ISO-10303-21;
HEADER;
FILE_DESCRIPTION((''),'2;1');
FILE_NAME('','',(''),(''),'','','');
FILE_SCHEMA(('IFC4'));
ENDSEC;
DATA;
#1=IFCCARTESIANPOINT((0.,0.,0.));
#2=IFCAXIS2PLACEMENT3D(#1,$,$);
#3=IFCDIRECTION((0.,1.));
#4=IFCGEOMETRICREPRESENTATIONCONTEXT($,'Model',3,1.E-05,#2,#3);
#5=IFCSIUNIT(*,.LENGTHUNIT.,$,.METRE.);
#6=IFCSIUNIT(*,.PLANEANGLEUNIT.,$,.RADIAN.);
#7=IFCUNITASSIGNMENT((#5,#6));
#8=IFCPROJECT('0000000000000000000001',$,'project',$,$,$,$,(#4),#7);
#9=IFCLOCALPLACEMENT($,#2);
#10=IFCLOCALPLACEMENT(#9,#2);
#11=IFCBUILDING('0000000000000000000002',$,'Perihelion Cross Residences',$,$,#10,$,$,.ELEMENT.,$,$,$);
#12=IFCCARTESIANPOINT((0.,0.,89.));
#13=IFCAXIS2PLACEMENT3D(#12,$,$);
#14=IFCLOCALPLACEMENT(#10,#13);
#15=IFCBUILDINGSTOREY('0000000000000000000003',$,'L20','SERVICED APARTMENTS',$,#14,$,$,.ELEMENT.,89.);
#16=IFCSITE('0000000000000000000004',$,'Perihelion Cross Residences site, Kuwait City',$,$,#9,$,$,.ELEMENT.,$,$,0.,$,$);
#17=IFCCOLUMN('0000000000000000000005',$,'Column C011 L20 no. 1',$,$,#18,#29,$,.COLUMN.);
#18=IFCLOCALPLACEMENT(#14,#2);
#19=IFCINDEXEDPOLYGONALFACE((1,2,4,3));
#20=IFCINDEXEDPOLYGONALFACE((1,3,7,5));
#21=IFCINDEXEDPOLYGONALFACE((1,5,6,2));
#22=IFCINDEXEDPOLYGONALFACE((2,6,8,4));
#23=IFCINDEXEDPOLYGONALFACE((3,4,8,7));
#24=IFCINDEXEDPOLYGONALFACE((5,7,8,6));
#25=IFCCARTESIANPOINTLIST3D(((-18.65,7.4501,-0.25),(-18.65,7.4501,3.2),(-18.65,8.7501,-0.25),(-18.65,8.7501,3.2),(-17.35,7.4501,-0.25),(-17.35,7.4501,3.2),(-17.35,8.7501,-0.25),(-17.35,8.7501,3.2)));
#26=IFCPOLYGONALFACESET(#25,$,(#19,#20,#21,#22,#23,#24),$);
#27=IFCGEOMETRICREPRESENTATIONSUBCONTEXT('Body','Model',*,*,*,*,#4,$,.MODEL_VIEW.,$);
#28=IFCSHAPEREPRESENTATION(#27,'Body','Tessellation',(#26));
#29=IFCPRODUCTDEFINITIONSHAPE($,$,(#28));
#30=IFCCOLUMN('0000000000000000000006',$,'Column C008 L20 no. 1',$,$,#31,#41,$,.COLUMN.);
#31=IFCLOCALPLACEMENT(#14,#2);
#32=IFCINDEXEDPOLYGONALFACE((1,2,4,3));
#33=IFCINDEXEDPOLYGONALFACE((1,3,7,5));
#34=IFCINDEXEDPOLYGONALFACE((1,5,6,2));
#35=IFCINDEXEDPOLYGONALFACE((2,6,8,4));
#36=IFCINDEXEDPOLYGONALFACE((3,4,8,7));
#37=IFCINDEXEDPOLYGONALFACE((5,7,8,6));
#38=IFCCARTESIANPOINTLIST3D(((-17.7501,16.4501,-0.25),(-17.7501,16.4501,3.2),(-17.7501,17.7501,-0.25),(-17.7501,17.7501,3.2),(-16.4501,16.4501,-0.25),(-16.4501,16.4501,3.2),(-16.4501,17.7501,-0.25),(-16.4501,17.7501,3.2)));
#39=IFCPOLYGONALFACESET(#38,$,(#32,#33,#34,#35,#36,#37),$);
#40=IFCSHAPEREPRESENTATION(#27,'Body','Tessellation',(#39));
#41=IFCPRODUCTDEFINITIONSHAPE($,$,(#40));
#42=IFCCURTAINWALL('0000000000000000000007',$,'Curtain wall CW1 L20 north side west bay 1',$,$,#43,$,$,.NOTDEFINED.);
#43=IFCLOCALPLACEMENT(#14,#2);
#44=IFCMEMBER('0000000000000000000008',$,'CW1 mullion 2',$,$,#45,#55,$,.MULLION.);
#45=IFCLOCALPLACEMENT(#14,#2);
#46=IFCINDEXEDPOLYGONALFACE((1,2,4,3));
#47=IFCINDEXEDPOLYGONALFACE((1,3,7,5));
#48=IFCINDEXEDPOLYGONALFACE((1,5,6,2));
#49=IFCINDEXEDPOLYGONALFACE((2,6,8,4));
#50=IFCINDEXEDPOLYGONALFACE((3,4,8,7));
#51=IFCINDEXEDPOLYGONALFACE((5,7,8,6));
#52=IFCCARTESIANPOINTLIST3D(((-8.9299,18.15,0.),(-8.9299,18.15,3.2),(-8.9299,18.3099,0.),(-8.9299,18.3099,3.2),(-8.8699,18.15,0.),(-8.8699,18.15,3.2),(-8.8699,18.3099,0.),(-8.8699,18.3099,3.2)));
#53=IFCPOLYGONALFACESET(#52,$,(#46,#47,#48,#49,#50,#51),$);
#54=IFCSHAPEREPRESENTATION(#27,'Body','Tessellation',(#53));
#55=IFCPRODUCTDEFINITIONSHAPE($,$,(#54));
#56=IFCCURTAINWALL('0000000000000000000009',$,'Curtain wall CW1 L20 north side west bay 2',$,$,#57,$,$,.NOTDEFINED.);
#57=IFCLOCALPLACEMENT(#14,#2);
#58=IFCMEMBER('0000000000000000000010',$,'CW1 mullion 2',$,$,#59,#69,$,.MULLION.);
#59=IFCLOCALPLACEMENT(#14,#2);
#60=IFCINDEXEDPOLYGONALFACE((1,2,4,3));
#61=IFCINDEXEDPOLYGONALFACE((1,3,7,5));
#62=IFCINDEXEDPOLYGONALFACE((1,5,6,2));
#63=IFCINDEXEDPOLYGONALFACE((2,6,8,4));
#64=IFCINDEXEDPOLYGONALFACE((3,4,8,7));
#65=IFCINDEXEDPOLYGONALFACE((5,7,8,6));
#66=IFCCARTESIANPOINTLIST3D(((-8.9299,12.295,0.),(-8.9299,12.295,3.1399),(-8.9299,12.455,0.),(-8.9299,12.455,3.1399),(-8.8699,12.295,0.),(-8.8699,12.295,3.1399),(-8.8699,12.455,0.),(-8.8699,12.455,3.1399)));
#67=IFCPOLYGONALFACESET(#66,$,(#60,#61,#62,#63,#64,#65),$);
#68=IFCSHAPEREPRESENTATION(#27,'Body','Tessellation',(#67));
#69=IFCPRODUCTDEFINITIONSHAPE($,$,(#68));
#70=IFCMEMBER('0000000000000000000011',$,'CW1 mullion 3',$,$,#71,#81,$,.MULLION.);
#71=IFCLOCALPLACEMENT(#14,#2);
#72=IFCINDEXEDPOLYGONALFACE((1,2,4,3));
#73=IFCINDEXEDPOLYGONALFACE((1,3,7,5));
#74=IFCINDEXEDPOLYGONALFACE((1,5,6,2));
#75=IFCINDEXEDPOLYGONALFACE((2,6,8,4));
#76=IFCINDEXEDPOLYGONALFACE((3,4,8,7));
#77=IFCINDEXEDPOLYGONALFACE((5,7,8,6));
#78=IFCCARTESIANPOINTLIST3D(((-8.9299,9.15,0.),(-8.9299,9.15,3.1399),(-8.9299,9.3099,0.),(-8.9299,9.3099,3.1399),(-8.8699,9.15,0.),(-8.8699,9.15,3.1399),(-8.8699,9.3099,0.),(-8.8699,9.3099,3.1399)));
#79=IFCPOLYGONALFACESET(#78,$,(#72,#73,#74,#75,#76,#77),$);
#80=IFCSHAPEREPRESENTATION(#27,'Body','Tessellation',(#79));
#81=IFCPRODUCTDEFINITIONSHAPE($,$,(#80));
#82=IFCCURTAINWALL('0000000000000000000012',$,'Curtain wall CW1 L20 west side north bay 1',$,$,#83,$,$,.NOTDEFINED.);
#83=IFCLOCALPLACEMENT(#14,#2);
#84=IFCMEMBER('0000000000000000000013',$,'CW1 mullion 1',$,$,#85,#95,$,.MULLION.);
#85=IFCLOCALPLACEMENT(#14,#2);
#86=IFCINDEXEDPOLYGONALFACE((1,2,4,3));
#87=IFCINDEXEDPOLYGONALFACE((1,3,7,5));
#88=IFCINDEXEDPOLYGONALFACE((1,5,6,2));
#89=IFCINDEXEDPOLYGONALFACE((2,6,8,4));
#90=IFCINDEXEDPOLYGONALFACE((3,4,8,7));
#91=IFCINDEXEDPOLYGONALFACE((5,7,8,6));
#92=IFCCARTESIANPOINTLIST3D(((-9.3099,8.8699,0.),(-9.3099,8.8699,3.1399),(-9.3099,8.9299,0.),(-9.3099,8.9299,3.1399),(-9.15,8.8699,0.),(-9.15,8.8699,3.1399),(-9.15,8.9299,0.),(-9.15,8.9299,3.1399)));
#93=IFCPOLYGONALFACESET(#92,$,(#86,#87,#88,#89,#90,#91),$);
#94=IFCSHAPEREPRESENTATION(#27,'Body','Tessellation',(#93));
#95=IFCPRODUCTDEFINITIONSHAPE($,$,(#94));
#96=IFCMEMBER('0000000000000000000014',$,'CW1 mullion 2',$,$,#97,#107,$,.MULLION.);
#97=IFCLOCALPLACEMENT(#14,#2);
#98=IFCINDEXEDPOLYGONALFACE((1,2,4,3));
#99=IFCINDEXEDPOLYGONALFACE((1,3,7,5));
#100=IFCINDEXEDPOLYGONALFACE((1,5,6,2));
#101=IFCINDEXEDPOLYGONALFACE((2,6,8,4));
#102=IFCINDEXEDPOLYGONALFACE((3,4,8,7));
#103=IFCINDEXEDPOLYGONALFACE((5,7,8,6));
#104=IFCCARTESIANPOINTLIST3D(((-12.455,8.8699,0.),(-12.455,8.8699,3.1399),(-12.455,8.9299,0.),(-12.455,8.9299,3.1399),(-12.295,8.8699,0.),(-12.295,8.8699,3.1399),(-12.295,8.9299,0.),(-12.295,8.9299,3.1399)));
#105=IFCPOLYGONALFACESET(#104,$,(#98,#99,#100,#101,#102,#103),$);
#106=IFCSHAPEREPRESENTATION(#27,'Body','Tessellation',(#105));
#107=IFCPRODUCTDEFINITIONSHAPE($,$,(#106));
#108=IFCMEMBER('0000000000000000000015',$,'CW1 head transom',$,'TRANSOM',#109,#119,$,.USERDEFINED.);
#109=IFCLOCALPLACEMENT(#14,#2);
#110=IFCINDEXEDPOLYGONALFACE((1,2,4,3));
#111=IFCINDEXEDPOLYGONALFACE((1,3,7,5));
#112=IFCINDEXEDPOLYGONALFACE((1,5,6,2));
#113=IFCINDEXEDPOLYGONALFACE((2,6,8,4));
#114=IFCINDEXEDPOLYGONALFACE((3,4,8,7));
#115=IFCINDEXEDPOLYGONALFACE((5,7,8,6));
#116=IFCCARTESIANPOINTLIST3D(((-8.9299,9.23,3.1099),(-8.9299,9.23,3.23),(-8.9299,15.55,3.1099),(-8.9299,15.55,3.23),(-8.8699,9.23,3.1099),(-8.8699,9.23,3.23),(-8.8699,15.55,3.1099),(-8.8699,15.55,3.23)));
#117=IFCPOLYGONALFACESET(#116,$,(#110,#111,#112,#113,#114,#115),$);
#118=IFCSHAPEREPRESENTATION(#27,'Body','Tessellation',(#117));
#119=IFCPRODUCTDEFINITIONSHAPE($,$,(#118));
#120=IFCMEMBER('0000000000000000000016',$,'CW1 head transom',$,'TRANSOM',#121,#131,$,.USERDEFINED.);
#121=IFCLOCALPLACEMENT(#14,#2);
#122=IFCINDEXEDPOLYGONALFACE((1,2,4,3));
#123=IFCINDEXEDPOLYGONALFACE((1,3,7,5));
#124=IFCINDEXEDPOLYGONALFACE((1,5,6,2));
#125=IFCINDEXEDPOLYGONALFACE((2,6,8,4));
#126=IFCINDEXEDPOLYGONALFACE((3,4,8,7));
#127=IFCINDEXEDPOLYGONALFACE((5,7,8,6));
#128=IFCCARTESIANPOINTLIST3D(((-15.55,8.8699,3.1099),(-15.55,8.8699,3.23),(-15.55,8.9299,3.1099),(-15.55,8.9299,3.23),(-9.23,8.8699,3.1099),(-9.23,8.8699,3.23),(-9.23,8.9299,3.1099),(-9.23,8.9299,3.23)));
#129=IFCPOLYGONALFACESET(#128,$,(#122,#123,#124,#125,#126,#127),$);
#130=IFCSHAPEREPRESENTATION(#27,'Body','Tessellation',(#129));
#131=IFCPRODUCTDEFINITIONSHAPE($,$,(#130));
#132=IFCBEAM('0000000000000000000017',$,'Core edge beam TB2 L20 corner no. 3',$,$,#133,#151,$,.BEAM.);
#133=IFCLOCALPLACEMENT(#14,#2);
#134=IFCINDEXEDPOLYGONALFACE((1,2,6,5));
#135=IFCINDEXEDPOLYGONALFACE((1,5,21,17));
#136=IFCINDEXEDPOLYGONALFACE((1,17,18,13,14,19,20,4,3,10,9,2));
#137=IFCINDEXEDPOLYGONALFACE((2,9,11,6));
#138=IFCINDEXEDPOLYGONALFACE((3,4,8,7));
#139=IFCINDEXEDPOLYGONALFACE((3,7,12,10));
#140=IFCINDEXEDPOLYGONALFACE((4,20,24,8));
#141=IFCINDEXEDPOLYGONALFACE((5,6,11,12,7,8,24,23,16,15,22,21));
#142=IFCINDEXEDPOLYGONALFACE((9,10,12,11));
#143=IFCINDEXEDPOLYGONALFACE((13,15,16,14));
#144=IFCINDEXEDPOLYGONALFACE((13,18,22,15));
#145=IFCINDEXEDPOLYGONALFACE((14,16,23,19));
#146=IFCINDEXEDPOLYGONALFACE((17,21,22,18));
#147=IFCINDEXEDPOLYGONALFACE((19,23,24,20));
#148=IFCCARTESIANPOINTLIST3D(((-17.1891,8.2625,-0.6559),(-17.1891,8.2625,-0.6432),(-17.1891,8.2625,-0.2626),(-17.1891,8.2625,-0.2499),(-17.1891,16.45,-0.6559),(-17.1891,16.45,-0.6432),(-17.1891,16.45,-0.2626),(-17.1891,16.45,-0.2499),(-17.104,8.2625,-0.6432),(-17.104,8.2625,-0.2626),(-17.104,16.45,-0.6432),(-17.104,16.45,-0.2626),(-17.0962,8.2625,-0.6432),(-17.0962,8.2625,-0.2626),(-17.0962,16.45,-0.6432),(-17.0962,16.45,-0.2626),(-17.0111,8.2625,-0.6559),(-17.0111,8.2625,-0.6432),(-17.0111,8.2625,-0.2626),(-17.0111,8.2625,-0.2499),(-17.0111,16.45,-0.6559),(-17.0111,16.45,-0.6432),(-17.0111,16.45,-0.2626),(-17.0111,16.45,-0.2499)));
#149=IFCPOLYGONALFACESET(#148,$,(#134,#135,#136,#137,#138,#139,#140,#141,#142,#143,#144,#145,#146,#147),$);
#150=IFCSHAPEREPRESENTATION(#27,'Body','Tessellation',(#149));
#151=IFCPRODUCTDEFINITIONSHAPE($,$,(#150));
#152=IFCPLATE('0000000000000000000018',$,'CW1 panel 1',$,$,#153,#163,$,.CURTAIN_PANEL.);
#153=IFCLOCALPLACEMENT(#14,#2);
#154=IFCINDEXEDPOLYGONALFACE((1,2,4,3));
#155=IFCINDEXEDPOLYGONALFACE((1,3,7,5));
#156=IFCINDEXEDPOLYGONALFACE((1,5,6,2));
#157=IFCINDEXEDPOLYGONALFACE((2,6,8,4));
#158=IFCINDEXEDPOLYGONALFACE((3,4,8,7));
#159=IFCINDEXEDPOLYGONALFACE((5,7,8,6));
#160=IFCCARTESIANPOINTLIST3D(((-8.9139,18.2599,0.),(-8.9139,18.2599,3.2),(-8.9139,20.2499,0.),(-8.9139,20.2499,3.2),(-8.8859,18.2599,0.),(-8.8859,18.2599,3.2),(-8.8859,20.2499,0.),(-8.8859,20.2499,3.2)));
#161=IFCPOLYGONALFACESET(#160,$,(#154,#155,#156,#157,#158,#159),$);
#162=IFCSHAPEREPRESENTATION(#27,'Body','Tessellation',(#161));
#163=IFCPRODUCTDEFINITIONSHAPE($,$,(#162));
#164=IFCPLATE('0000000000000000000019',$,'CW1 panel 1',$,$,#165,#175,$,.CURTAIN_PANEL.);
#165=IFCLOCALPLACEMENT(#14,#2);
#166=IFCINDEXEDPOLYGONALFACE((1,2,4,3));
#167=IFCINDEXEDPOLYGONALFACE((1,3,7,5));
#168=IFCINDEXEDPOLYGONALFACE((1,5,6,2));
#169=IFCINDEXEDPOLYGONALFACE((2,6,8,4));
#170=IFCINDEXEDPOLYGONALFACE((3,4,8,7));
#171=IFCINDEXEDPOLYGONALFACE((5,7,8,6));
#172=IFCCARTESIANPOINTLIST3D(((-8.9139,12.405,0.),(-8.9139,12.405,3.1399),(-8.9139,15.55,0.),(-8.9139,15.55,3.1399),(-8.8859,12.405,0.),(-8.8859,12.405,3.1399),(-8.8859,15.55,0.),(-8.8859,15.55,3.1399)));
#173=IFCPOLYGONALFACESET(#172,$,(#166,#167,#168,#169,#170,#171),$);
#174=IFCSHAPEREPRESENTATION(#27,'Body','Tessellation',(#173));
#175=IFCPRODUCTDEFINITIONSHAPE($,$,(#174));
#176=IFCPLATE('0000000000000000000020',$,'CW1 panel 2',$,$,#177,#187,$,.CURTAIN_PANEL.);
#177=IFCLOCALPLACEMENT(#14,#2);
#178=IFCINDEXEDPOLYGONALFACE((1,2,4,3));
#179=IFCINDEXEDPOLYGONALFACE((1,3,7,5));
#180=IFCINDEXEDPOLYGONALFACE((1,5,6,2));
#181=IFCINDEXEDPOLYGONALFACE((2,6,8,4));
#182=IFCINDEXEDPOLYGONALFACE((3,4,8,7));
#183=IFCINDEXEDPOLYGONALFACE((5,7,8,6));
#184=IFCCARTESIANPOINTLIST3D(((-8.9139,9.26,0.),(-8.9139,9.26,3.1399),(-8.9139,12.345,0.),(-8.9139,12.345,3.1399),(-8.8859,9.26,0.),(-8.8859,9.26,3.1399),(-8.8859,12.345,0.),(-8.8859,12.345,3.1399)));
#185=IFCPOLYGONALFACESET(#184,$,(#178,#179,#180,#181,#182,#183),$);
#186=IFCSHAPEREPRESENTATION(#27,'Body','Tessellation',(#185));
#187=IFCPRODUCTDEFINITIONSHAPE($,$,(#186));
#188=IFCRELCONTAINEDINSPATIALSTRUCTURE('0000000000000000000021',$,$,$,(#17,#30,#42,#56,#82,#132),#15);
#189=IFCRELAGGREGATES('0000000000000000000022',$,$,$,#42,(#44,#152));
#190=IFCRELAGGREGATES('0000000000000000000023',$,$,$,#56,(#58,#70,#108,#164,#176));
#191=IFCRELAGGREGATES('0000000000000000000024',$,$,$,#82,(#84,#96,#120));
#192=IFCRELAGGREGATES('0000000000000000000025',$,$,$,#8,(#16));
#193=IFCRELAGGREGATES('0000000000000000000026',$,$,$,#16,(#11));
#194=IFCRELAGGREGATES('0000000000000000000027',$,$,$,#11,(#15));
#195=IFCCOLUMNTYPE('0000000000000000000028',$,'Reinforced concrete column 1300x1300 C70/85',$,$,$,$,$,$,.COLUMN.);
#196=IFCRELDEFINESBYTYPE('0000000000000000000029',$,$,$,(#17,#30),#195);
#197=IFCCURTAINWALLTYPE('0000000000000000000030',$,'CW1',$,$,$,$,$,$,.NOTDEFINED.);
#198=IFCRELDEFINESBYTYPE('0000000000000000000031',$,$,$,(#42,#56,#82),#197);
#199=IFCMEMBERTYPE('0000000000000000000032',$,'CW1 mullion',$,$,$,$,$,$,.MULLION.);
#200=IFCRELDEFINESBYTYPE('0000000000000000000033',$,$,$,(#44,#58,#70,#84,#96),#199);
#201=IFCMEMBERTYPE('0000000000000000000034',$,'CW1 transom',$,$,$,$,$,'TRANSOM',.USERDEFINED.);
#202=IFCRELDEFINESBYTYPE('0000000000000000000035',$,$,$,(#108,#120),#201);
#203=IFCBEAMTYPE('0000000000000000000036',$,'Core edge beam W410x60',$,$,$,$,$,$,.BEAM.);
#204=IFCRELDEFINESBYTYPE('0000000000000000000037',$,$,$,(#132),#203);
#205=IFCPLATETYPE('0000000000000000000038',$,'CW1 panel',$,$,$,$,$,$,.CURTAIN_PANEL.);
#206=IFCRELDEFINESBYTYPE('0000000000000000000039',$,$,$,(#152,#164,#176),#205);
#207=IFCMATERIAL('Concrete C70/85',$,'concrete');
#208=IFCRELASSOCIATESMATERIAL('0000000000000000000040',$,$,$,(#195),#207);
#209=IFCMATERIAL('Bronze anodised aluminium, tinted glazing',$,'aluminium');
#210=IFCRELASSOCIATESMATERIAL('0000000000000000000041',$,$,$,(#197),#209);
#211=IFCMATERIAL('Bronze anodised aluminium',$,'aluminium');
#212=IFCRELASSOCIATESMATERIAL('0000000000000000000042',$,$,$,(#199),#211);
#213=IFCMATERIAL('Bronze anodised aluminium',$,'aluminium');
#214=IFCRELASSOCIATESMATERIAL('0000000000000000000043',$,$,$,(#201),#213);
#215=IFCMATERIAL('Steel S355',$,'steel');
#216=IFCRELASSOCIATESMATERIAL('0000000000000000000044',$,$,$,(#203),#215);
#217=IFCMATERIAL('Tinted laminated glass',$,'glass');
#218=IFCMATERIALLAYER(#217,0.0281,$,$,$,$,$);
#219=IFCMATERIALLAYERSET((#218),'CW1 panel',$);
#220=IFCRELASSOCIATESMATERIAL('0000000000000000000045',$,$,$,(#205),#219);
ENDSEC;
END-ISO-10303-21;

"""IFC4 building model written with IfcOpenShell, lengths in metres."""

from ifc_helpers import new_model, si_unit, direction, frame, origin, origin_2d, place, context, subcontext, project, spatial, rectangle, i_section, extrude, material, layer, layer_set, material_profile, profile_set, type_object, element, aggregate, save


model = new_model("IFC4")

# Units and contexts
model_context = context("Model", 3, precision=1e-05, world=origin(), true_north=direction((0.0, 1.0)))
body_context = subcontext(model_context, "Body", "Model", "MODEL_VIEW")
ifc_project = project(units=[si_unit("LENGTHUNIT", "METRE"), si_unit("PLANEANGLEUNIT", "RADIAN")], contexts=[model_context])

# Site, building, storey
site_placement = place(None, origin())
site = spatial("IfcSite", under=ifc_project, at=site_placement, Name="Perihelion Cross Residences site, Kuwait City", CompositionType="ELEMENT", RefElevation=0.0)
building_placement = place(site_placement, origin())
building = spatial("IfcBuilding", under=site, at=building_placement, Name="Perihelion Cross Residences", CompositionType="ELEMENT")
storey_placement = place(building_placement, frame((0.0, 0.0, 89.0)))
storey = spatial("IfcBuildingStorey", under=building, at=storey_placement, Name="L20", Description="SERVICED APARTMENTS", CompositionType="ELEMENT", Elevation=89.0)

# Columns
ifc_material_1 = material(Name="Concrete C70/85", Category="concrete")
ifc_material_profile_1 = material_profile(ifc_material_1, rectangle(XDim=1.3, YDim=1.3, at=origin_2d()), Name="RC 1300x1300")
ifc_profile_set_1 = profile_set([ifc_material_profile_1], Name="Concrete C70/85")
column_type = type_object("IfcColumnType", Name="Reinforced concrete column 1300x1300 C70/85", PredefinedType="COLUMN", material=ifc_profile_set_1)
for number, where, z_axis, x_axis, name in (
    (1, (-18.0, 8.1001, -0.25), (0.0, 0.0, 1.0), (1.0, 0.0, 0.0), "Column C011 L20 no. 1"),
    (2, (-17.1001, 17.1001, -0.25), (0.0, 0.0, 1.0), (1.0, 0.0, 0.0), "Column C008 L20 no. 1"),
):
    element("IfcColumn", number, at=place(storey_placement, frame(where, z_axis=z_axis, x_axis=x_axis)), inside=storey, type_object=column_type, Name=name, PredefinedType="COLUMN", context=body_context, shape_type="SweptSolid", body=[
        extrude(rectangle(XDim=1.3, YDim=1.3, at=origin_2d()), origin(), (0.0, 0.0, 1.0), 3.45),
    ])

# Curtain wall, member
ifc_material_2 = material(Name="Bronze anodised aluminium, tinted glazing", Category="aluminium")
curtain_wall_type = type_object("IfcCurtainWallType", Name="CW1", PredefinedType="NOTDEFINED", material=ifc_material_2)
curtain_wall_1_placement = place(storey_placement, origin())
curtain_wall_1 = element("IfcCurtainWall", 3, at=curtain_wall_1_placement, inside=storey, type_object=curtain_wall_type, Name="Curtain wall CW1 L20 north side west bay 1", PredefinedType="NOTDEFINED")
ifc_material_3 = material(Name="Bronze anodised aluminium", Category="aluminium")
ifc_material_profile_2 = material_profile(ifc_material_3, rectangle(XDim=0.0601, YDim=0.1599, at=origin_2d()), Name="CW1 mullion")
ifc_profile_set_2 = profile_set([ifc_material_profile_2], Name="Bronze anodised aluminium")
member_type_1 = type_object("IfcMemberType", Name="CW1 mullion", PredefinedType="MULLION", material=ifc_profile_set_2)
member_1_placement = place(storey_placement, frame((-8.8999, 18.23, 0.0), z_axis=(0.0, 0.0, 1.0), x_axis=(1.0, 0.0, 0.0)))
member_1 = element("IfcMember", 4, at=member_1_placement, type_object=member_type_1, Name="CW1 mullion 2", PredefinedType="MULLION", context=body_context, shape_type="SweptSolid", body=[
    extrude(rectangle(XDim=0.0601, YDim=0.1599, at=origin_2d()), origin(), (0.0, 0.0, 1.0), 3.2),
])

# Curtain walls, members
curtain_wall_2_placement = place(storey_placement, origin())
curtain_wall_2 = element("IfcCurtainWall", 5, at=curtain_wall_2_placement, inside=storey, type_object=curtain_wall_type, Name="Curtain wall CW1 L20 north side west bay 2", PredefinedType="NOTDEFINED")
member_2_placement = place(storey_placement, frame((-8.8999, 12.375, 0.0), z_axis=(0.0, 0.0, 1.0), x_axis=(1.0, 0.0, 0.0)))
member_2 = element("IfcMember", 6, at=member_2_placement, type_object=member_type_1, Name="CW1 mullion 2", PredefinedType="MULLION", context=body_context, shape_type="SweptSolid", body=[
    extrude(rectangle(XDim=0.0601, YDim=0.1599, at=origin_2d()), origin(), (0.0, 0.0, 1.0), 3.1399),
])
member_3_placement = place(storey_placement, frame((-8.8999, 9.23, 0.0), z_axis=(0.0, 0.0, 1.0), x_axis=(1.0, 0.0, 0.0)))
member_3 = element("IfcMember", 7, at=member_3_placement, type_object=member_type_1, Name="CW1 mullion 3", PredefinedType="MULLION", context=body_context, shape_type="SweptSolid", body=[
    extrude(rectangle(XDim=0.0601, YDim=0.1599, at=origin_2d()), origin(), (0.0, 0.0, 1.0), 3.1399),
])
curtain_wall_3_placement = place(storey_placement, origin())
curtain_wall_3 = element("IfcCurtainWall", 8, at=curtain_wall_3_placement, inside=storey, type_object=curtain_wall_type, Name="Curtain wall CW1 L20 west side north bay 1", PredefinedType="NOTDEFINED")
member_4_placement = place(storey_placement, frame((-9.23, 8.8999, 0.0), z_axis=(0.0, 0.0, 1.0), x_axis=(0.0, -1.0, 0.0)))
member_4 = element("IfcMember", 9, at=member_4_placement, type_object=member_type_1, Name="CW1 mullion 1", PredefinedType="MULLION", context=body_context, shape_type="SweptSolid", body=[
    extrude(rectangle(XDim=0.0601, YDim=0.1599, at=origin_2d()), origin(), (0.0, 0.0, 1.0), 3.1399),
])
member_5_placement = place(storey_placement, frame((-12.375, 8.8999, 0.0), z_axis=(0.0, 0.0, 1.0), x_axis=(0.0, -1.0, 0.0)))
member_5 = element("IfcMember", 10, at=member_5_placement, type_object=member_type_1, Name="CW1 mullion 2", PredefinedType="MULLION", context=body_context, shape_type="SweptSolid", body=[
    extrude(rectangle(XDim=0.0601, YDim=0.1599, at=origin_2d()), origin(), (0.0, 0.0, 1.0), 3.1399),
])

# Members
ifc_material_4 = material(Name="Bronze anodised aluminium", Category="aluminium")
ifc_material_profile_3 = material_profile(ifc_material_4, rectangle(XDim=0.0601, YDim=0.1201, at=origin_2d()), Name="CW1 transom")
ifc_profile_set_3 = profile_set([ifc_material_profile_3], Name="Bronze anodised aluminium")
member_type_2 = type_object("IfcMemberType", Name="CW1 transom", ElementType="TRANSOM", PredefinedType="USERDEFINED", material=ifc_profile_set_3)
member_6_placement = place(storey_placement, frame((-8.8999, 15.55, 3.1699), z_axis=(0.0, -1.0, 0.0), x_axis=(1.0, 0.0, 0.0)))
member_6 = element("IfcMember", 11, at=member_6_placement, type_object=member_type_2, Name="CW1 head transom", ObjectType="TRANSOM", PredefinedType="USERDEFINED", context=body_context, shape_type="SweptSolid", body=[
    extrude(rectangle(XDim=0.0601, YDim=0.1201, at=origin_2d()), origin(), (0.0, 0.0, 1.0), 6.3201),
])
member_7_placement = place(storey_placement, frame((-9.23, 8.8999, 3.1699), z_axis=(-1.0, 0.0, 0.0), x_axis=(0.0, -1.0, 0.0)))
member_7 = element("IfcMember", 12, at=member_7_placement, type_object=member_type_2, Name="CW1 head transom", ObjectType="TRANSOM", PredefinedType="USERDEFINED", context=body_context, shape_type="SweptSolid", body=[
    extrude(rectangle(XDim=0.0601, YDim=0.1201, at=origin_2d()), origin(), (0.0, 0.0, 1.0), 6.3201),
])

# Beam
ifc_material_5 = material(Name="Steel S355", Category="steel")
ifc_material_profile_4 = material_profile(ifc_material_5, i_section(OverallWidth=0.178, OverallDepth=0.406, WebThickness=0.0078, FlangeThickness=0.0127, at=origin_2d()), Name="W410x60")
ifc_profile_set_4 = profile_set([ifc_material_profile_4], Name="Steel S355")
beam_type = type_object("IfcBeamType", Name="Core edge beam W410x60", PredefinedType="BEAM", material=ifc_profile_set_4)
beam_placement = place(storey_placement, frame((-17.1001, 8.2625, -0.4529), z_axis=(0.0, 1.0, 0.0), x_axis=(-1.0, 0.0, 0.0)))
element("IfcBeam", 13, at=beam_placement, inside=storey, type_object=beam_type, Name="Core edge beam TB2 L20 corner no. 3", PredefinedType="BEAM", context=body_context, shape_type="SweptSolid", body=[
    extrude(i_section(OverallWidth=0.178, OverallDepth=0.406, WebThickness=0.0078, FlangeThickness=0.0127, at=origin_2d()), origin(), (0.0, 0.0, 1.0), 8.1875),
])

# Plates
ifc_material_6 = material(Name="Tinted laminated glass", Category="glass")
ifc_layer_1 = layer(ifc_material_6, 0.0281)
ifc_layer_set_1 = layer_set([ifc_layer_1], Name="CW1 panel")
plate_type = type_object("IfcPlateType", Name="CW1 panel", PredefinedType="CURTAIN_PANEL", material=ifc_layer_set_1)
plate_1_placement = place(storey_placement, frame((-8.8999, 19.2549, 0.0), z_axis=(0.0, 0.0, 1.0), x_axis=(0.0, -1.0, 0.0)))
plate_1 = element("IfcPlate", 14, at=plate_1_placement, type_object=plate_type, Name="CW1 panel 1", PredefinedType="CURTAIN_PANEL", context=body_context, shape_type="SweptSolid", body=[
    extrude(rectangle(XDim=1.99, YDim=0.0281, at=origin_2d()), origin(), (0.0, 0.0, 1.0), 3.2),
])
aggregate(curtain_wall_1, [member_1, plate_1])
plate_2_placement = place(storey_placement, frame((-8.8999, 13.9775, 0.0), z_axis=(0.0, 0.0, 1.0), x_axis=(0.0, -1.0, 0.0)))
plate_2 = element("IfcPlate", 15, at=plate_2_placement, type_object=plate_type, Name="CW1 panel 1", PredefinedType="CURTAIN_PANEL", context=body_context, shape_type="SweptSolid", body=[
    extrude(rectangle(XDim=3.145, YDim=0.0281, at=origin_2d()), origin(), (0.0, 0.0, 1.0), 3.1399),
])
plate_3_placement = place(storey_placement, frame((-8.8999, 10.8025, 0.0), z_axis=(0.0, 0.0, 1.0), x_axis=(0.0, -1.0, 0.0)))
plate_3 = element("IfcPlate", 16, at=plate_3_placement, type_object=plate_type, Name="CW1 panel 2", PredefinedType="CURTAIN_PANEL", context=body_context, shape_type="SweptSolid", body=[
    extrude(rectangle(XDim=3.085, YDim=0.0281, at=origin_2d()), origin(), (0.0, 0.0, 1.0), 3.1399),
])
aggregate(curtain_wall_2, [member_2, member_3, member_6, plate_2, plate_3])
aggregate(curtain_wall_3, [member_4, member_5, member_7])

save(model, "model.ifc")
